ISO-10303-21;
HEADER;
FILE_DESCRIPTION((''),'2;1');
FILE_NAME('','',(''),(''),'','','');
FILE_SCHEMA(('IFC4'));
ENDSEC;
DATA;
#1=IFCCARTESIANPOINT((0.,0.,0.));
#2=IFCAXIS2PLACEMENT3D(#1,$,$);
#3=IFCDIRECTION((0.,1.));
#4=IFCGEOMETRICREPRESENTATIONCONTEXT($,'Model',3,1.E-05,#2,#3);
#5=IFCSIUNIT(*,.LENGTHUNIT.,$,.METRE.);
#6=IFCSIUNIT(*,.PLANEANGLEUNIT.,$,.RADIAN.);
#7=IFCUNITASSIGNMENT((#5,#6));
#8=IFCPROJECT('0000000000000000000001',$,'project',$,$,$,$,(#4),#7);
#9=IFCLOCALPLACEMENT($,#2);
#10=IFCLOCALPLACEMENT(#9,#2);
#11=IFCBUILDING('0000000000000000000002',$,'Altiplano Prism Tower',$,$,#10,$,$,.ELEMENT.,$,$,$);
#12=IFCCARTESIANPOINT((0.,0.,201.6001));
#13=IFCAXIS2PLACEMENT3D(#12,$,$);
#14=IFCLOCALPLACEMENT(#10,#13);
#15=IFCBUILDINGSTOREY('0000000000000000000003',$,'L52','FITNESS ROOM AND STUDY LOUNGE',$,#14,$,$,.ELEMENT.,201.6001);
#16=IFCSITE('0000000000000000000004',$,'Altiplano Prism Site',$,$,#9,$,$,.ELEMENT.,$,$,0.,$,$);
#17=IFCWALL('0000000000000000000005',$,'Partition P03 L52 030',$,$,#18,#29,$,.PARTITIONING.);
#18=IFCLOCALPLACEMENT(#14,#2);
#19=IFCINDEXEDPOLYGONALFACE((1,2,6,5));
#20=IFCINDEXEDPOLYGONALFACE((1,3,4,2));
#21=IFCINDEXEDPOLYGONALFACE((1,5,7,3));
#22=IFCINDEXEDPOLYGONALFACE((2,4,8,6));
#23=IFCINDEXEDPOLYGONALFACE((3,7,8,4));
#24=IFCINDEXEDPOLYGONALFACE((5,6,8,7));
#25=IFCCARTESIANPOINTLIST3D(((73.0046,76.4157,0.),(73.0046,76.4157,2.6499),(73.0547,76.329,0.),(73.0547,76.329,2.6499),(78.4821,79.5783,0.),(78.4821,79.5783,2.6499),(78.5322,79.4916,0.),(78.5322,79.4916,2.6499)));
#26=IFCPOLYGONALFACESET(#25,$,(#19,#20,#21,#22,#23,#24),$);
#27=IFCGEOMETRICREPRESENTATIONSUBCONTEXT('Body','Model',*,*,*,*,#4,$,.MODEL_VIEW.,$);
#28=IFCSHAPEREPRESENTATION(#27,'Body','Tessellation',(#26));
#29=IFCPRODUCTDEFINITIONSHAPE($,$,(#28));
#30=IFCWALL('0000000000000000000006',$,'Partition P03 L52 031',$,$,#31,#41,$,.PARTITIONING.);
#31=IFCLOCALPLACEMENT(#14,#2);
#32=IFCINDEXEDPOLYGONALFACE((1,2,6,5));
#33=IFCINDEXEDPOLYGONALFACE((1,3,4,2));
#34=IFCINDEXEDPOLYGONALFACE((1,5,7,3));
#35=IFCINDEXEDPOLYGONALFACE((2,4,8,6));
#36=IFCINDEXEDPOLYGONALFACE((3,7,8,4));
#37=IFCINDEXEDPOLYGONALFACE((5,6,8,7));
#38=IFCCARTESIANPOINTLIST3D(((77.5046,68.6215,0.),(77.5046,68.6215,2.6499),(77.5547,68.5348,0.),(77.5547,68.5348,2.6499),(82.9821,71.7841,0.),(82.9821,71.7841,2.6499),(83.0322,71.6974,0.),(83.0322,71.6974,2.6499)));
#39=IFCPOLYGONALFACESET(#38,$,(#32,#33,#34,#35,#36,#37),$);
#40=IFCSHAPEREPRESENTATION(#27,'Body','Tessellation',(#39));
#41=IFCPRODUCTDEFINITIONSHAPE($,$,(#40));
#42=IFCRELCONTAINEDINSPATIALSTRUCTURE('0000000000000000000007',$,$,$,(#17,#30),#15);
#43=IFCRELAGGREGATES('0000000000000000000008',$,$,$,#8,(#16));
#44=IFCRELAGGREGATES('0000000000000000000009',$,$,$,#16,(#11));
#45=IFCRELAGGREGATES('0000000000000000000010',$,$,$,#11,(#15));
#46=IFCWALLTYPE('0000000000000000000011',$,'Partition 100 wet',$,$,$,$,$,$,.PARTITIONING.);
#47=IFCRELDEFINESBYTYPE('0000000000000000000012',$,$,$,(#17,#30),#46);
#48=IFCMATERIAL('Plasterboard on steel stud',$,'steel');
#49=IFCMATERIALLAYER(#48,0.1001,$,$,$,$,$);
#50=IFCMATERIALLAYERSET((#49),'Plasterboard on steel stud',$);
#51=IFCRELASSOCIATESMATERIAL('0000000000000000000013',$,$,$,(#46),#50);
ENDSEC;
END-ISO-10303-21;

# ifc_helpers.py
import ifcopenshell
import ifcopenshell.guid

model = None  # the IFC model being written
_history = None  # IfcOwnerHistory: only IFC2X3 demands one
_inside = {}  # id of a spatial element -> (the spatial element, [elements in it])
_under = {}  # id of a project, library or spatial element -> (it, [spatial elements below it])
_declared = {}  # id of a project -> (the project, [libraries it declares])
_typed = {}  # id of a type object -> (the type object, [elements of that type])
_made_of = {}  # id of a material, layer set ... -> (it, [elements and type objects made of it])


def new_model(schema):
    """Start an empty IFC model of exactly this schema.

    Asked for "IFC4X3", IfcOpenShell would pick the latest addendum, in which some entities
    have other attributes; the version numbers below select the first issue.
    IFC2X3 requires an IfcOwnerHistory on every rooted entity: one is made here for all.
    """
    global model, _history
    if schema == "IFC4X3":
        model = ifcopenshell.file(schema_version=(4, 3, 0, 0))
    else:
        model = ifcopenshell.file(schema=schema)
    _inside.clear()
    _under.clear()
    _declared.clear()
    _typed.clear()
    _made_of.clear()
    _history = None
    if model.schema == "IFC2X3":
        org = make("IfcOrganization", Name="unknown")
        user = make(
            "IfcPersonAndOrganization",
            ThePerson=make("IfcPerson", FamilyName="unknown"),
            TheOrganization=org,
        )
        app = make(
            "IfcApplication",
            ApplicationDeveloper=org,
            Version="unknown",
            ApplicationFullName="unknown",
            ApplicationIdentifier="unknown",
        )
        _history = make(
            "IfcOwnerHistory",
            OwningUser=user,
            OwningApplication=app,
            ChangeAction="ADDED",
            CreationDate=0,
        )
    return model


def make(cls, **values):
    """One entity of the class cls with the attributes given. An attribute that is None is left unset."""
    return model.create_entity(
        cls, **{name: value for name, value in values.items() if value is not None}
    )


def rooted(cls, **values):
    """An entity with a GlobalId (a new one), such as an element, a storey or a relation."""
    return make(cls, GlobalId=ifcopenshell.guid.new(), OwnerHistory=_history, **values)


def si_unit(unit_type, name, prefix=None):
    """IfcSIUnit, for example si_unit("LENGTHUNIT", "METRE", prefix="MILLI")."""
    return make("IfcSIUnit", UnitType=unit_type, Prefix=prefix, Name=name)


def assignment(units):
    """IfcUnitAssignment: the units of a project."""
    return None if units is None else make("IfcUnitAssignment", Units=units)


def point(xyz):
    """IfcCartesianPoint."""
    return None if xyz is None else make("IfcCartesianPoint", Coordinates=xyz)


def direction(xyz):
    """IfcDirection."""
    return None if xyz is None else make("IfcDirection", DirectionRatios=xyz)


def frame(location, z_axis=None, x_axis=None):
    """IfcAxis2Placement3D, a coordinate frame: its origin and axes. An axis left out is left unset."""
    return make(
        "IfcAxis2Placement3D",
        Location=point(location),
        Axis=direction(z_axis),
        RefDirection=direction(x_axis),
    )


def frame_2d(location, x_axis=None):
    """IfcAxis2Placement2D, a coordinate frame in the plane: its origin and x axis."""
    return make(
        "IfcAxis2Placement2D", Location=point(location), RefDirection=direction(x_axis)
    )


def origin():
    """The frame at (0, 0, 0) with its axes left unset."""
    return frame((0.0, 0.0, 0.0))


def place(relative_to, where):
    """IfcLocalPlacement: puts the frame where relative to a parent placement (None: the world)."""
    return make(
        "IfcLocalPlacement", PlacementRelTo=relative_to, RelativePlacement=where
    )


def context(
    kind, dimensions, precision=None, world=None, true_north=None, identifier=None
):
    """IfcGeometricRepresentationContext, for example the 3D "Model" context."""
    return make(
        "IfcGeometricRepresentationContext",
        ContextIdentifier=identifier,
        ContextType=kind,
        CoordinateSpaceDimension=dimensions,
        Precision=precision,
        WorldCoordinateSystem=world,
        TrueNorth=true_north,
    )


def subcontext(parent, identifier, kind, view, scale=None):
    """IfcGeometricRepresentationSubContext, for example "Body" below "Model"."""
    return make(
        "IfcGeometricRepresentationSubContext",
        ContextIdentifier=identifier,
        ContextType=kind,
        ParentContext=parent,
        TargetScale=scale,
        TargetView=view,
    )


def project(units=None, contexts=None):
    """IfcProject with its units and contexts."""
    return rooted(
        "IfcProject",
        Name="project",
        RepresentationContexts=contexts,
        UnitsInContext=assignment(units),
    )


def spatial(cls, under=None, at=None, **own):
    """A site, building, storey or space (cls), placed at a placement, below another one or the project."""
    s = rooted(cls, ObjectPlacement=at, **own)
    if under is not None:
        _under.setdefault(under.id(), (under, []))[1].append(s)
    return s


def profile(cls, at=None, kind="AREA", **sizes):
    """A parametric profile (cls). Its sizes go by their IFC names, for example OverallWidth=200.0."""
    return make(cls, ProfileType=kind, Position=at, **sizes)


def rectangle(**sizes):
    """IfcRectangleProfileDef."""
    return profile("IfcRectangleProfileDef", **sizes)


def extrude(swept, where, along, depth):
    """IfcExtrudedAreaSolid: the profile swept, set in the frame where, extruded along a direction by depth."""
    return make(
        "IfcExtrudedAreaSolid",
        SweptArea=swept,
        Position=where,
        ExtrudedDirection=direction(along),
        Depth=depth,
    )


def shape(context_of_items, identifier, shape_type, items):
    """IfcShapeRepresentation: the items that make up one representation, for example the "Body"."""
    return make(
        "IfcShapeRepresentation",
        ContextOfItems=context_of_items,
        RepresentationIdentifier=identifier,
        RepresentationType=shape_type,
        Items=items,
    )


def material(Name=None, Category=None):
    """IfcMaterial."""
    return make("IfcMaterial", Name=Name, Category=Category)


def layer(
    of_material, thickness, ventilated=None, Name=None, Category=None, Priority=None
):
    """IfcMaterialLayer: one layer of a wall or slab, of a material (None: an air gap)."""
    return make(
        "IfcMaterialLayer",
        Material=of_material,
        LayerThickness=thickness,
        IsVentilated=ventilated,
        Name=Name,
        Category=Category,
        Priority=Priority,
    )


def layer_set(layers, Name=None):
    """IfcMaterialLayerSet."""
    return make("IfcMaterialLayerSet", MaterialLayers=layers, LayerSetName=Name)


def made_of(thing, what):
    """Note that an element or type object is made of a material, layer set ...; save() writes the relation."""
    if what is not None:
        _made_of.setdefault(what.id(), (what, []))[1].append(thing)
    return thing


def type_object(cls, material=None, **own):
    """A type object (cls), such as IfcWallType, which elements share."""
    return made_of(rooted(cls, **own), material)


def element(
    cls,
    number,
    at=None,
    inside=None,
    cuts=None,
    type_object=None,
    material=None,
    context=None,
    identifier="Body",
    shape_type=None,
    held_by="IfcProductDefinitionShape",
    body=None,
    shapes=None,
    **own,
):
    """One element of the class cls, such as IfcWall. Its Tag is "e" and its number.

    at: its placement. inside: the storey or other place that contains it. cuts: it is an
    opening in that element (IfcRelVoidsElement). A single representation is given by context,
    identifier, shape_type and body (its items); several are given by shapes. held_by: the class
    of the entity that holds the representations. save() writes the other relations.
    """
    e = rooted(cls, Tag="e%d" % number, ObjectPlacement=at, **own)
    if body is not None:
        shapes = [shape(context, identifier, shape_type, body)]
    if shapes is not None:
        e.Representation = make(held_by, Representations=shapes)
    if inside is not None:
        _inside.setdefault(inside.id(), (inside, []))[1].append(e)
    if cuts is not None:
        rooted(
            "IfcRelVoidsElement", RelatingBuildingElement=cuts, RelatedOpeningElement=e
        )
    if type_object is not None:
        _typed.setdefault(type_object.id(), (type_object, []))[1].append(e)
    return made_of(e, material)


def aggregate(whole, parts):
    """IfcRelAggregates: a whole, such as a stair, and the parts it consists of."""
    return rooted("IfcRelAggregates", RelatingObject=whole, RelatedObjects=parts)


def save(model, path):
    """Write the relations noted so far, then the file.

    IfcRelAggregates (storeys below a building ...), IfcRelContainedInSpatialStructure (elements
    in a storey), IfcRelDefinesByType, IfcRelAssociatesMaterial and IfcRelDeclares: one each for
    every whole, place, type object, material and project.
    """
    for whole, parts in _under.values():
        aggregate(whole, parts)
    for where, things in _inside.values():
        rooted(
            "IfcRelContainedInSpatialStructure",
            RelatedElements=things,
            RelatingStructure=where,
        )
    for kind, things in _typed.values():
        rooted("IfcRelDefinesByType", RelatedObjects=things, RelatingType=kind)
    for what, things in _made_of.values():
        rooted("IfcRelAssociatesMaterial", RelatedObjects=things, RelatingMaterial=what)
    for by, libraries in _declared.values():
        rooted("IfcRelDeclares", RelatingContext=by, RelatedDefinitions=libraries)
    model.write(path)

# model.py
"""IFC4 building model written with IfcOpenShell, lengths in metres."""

from ifc_helpers import new_model, si_unit, direction, frame, frame_2d, origin, place, context, subcontext, project, spatial, rectangle, extrude, material, layer, layer_set, type_object, element, save


model = new_model("IFC4")

# Units and contexts
model_context = context("Model", 3, precision=1e-05, world=origin(), true_north=direction((0.0, 1.0)))
body_context = subcontext(model_context, "Body", "Model", "MODEL_VIEW")
ifc_project = project(units=[si_unit("LENGTHUNIT", "METRE"), si_unit("PLANEANGLEUNIT", "RADIAN")], contexts=[model_context])

# Site, building, storey
site_placement = place(None, origin())
site = spatial("IfcSite", under=ifc_project, at=site_placement, Name="Altiplano Prism Site", CompositionType="ELEMENT", RefElevation=0.0)
building_placement = place(site_placement, origin())
building = spatial("IfcBuilding", under=site, at=building_placement, Name="Altiplano Prism Tower", CompositionType="ELEMENT")
storey_placement = place(building_placement, frame((0.0, 0.0, 201.6001)))
storey = spatial("IfcBuildingStorey", under=building, at=storey_placement, Name="L52", Description="FITNESS ROOM AND STUDY LOUNGE", CompositionType="ELEMENT", Elevation=201.6001)

# Walls
ifc_material_1 = material(Name="Plasterboard on steel stud", Category="steel")
ifc_layer_1 = layer(ifc_material_1, 0.1001)
ifc_layer_set_1 = layer_set([ifc_layer_1], Name="Plasterboard on steel stud")
wall_type = type_object("IfcWallType", Name="Partition 100 wet", PredefinedType="PARTITIONING", material=ifc_layer_set_1)
for number, where, z_axis, x_axis, name in (
    (1, (73.0295, 76.3723, 0.0), (0.0, 0.0, 1.0), (0.866016, 0.500016, 0.0), "Partition P03 L52 030"),
    (2, (77.5295, 68.5781, 0.0), (0.0, 0.0, 1.0), (0.866016, 0.500016, 0.0), "Partition P03 L52 031"),
):
    element("IfcWall", number, at=place(storey_placement, frame(where, z_axis=z_axis, x_axis=x_axis)), inside=storey, type_object=wall_type, Name=name, PredefinedType="PARTITIONING", context=body_context, shape_type="SweptSolid", body=[
        extrude(rectangle(XDim=6.325, YDim=0.1001, at=frame_2d((3.1626, 0.0))), origin(), (0.0, 0.0, 1.0), 2.6499),
    ])

save(model, "model.ifc")
